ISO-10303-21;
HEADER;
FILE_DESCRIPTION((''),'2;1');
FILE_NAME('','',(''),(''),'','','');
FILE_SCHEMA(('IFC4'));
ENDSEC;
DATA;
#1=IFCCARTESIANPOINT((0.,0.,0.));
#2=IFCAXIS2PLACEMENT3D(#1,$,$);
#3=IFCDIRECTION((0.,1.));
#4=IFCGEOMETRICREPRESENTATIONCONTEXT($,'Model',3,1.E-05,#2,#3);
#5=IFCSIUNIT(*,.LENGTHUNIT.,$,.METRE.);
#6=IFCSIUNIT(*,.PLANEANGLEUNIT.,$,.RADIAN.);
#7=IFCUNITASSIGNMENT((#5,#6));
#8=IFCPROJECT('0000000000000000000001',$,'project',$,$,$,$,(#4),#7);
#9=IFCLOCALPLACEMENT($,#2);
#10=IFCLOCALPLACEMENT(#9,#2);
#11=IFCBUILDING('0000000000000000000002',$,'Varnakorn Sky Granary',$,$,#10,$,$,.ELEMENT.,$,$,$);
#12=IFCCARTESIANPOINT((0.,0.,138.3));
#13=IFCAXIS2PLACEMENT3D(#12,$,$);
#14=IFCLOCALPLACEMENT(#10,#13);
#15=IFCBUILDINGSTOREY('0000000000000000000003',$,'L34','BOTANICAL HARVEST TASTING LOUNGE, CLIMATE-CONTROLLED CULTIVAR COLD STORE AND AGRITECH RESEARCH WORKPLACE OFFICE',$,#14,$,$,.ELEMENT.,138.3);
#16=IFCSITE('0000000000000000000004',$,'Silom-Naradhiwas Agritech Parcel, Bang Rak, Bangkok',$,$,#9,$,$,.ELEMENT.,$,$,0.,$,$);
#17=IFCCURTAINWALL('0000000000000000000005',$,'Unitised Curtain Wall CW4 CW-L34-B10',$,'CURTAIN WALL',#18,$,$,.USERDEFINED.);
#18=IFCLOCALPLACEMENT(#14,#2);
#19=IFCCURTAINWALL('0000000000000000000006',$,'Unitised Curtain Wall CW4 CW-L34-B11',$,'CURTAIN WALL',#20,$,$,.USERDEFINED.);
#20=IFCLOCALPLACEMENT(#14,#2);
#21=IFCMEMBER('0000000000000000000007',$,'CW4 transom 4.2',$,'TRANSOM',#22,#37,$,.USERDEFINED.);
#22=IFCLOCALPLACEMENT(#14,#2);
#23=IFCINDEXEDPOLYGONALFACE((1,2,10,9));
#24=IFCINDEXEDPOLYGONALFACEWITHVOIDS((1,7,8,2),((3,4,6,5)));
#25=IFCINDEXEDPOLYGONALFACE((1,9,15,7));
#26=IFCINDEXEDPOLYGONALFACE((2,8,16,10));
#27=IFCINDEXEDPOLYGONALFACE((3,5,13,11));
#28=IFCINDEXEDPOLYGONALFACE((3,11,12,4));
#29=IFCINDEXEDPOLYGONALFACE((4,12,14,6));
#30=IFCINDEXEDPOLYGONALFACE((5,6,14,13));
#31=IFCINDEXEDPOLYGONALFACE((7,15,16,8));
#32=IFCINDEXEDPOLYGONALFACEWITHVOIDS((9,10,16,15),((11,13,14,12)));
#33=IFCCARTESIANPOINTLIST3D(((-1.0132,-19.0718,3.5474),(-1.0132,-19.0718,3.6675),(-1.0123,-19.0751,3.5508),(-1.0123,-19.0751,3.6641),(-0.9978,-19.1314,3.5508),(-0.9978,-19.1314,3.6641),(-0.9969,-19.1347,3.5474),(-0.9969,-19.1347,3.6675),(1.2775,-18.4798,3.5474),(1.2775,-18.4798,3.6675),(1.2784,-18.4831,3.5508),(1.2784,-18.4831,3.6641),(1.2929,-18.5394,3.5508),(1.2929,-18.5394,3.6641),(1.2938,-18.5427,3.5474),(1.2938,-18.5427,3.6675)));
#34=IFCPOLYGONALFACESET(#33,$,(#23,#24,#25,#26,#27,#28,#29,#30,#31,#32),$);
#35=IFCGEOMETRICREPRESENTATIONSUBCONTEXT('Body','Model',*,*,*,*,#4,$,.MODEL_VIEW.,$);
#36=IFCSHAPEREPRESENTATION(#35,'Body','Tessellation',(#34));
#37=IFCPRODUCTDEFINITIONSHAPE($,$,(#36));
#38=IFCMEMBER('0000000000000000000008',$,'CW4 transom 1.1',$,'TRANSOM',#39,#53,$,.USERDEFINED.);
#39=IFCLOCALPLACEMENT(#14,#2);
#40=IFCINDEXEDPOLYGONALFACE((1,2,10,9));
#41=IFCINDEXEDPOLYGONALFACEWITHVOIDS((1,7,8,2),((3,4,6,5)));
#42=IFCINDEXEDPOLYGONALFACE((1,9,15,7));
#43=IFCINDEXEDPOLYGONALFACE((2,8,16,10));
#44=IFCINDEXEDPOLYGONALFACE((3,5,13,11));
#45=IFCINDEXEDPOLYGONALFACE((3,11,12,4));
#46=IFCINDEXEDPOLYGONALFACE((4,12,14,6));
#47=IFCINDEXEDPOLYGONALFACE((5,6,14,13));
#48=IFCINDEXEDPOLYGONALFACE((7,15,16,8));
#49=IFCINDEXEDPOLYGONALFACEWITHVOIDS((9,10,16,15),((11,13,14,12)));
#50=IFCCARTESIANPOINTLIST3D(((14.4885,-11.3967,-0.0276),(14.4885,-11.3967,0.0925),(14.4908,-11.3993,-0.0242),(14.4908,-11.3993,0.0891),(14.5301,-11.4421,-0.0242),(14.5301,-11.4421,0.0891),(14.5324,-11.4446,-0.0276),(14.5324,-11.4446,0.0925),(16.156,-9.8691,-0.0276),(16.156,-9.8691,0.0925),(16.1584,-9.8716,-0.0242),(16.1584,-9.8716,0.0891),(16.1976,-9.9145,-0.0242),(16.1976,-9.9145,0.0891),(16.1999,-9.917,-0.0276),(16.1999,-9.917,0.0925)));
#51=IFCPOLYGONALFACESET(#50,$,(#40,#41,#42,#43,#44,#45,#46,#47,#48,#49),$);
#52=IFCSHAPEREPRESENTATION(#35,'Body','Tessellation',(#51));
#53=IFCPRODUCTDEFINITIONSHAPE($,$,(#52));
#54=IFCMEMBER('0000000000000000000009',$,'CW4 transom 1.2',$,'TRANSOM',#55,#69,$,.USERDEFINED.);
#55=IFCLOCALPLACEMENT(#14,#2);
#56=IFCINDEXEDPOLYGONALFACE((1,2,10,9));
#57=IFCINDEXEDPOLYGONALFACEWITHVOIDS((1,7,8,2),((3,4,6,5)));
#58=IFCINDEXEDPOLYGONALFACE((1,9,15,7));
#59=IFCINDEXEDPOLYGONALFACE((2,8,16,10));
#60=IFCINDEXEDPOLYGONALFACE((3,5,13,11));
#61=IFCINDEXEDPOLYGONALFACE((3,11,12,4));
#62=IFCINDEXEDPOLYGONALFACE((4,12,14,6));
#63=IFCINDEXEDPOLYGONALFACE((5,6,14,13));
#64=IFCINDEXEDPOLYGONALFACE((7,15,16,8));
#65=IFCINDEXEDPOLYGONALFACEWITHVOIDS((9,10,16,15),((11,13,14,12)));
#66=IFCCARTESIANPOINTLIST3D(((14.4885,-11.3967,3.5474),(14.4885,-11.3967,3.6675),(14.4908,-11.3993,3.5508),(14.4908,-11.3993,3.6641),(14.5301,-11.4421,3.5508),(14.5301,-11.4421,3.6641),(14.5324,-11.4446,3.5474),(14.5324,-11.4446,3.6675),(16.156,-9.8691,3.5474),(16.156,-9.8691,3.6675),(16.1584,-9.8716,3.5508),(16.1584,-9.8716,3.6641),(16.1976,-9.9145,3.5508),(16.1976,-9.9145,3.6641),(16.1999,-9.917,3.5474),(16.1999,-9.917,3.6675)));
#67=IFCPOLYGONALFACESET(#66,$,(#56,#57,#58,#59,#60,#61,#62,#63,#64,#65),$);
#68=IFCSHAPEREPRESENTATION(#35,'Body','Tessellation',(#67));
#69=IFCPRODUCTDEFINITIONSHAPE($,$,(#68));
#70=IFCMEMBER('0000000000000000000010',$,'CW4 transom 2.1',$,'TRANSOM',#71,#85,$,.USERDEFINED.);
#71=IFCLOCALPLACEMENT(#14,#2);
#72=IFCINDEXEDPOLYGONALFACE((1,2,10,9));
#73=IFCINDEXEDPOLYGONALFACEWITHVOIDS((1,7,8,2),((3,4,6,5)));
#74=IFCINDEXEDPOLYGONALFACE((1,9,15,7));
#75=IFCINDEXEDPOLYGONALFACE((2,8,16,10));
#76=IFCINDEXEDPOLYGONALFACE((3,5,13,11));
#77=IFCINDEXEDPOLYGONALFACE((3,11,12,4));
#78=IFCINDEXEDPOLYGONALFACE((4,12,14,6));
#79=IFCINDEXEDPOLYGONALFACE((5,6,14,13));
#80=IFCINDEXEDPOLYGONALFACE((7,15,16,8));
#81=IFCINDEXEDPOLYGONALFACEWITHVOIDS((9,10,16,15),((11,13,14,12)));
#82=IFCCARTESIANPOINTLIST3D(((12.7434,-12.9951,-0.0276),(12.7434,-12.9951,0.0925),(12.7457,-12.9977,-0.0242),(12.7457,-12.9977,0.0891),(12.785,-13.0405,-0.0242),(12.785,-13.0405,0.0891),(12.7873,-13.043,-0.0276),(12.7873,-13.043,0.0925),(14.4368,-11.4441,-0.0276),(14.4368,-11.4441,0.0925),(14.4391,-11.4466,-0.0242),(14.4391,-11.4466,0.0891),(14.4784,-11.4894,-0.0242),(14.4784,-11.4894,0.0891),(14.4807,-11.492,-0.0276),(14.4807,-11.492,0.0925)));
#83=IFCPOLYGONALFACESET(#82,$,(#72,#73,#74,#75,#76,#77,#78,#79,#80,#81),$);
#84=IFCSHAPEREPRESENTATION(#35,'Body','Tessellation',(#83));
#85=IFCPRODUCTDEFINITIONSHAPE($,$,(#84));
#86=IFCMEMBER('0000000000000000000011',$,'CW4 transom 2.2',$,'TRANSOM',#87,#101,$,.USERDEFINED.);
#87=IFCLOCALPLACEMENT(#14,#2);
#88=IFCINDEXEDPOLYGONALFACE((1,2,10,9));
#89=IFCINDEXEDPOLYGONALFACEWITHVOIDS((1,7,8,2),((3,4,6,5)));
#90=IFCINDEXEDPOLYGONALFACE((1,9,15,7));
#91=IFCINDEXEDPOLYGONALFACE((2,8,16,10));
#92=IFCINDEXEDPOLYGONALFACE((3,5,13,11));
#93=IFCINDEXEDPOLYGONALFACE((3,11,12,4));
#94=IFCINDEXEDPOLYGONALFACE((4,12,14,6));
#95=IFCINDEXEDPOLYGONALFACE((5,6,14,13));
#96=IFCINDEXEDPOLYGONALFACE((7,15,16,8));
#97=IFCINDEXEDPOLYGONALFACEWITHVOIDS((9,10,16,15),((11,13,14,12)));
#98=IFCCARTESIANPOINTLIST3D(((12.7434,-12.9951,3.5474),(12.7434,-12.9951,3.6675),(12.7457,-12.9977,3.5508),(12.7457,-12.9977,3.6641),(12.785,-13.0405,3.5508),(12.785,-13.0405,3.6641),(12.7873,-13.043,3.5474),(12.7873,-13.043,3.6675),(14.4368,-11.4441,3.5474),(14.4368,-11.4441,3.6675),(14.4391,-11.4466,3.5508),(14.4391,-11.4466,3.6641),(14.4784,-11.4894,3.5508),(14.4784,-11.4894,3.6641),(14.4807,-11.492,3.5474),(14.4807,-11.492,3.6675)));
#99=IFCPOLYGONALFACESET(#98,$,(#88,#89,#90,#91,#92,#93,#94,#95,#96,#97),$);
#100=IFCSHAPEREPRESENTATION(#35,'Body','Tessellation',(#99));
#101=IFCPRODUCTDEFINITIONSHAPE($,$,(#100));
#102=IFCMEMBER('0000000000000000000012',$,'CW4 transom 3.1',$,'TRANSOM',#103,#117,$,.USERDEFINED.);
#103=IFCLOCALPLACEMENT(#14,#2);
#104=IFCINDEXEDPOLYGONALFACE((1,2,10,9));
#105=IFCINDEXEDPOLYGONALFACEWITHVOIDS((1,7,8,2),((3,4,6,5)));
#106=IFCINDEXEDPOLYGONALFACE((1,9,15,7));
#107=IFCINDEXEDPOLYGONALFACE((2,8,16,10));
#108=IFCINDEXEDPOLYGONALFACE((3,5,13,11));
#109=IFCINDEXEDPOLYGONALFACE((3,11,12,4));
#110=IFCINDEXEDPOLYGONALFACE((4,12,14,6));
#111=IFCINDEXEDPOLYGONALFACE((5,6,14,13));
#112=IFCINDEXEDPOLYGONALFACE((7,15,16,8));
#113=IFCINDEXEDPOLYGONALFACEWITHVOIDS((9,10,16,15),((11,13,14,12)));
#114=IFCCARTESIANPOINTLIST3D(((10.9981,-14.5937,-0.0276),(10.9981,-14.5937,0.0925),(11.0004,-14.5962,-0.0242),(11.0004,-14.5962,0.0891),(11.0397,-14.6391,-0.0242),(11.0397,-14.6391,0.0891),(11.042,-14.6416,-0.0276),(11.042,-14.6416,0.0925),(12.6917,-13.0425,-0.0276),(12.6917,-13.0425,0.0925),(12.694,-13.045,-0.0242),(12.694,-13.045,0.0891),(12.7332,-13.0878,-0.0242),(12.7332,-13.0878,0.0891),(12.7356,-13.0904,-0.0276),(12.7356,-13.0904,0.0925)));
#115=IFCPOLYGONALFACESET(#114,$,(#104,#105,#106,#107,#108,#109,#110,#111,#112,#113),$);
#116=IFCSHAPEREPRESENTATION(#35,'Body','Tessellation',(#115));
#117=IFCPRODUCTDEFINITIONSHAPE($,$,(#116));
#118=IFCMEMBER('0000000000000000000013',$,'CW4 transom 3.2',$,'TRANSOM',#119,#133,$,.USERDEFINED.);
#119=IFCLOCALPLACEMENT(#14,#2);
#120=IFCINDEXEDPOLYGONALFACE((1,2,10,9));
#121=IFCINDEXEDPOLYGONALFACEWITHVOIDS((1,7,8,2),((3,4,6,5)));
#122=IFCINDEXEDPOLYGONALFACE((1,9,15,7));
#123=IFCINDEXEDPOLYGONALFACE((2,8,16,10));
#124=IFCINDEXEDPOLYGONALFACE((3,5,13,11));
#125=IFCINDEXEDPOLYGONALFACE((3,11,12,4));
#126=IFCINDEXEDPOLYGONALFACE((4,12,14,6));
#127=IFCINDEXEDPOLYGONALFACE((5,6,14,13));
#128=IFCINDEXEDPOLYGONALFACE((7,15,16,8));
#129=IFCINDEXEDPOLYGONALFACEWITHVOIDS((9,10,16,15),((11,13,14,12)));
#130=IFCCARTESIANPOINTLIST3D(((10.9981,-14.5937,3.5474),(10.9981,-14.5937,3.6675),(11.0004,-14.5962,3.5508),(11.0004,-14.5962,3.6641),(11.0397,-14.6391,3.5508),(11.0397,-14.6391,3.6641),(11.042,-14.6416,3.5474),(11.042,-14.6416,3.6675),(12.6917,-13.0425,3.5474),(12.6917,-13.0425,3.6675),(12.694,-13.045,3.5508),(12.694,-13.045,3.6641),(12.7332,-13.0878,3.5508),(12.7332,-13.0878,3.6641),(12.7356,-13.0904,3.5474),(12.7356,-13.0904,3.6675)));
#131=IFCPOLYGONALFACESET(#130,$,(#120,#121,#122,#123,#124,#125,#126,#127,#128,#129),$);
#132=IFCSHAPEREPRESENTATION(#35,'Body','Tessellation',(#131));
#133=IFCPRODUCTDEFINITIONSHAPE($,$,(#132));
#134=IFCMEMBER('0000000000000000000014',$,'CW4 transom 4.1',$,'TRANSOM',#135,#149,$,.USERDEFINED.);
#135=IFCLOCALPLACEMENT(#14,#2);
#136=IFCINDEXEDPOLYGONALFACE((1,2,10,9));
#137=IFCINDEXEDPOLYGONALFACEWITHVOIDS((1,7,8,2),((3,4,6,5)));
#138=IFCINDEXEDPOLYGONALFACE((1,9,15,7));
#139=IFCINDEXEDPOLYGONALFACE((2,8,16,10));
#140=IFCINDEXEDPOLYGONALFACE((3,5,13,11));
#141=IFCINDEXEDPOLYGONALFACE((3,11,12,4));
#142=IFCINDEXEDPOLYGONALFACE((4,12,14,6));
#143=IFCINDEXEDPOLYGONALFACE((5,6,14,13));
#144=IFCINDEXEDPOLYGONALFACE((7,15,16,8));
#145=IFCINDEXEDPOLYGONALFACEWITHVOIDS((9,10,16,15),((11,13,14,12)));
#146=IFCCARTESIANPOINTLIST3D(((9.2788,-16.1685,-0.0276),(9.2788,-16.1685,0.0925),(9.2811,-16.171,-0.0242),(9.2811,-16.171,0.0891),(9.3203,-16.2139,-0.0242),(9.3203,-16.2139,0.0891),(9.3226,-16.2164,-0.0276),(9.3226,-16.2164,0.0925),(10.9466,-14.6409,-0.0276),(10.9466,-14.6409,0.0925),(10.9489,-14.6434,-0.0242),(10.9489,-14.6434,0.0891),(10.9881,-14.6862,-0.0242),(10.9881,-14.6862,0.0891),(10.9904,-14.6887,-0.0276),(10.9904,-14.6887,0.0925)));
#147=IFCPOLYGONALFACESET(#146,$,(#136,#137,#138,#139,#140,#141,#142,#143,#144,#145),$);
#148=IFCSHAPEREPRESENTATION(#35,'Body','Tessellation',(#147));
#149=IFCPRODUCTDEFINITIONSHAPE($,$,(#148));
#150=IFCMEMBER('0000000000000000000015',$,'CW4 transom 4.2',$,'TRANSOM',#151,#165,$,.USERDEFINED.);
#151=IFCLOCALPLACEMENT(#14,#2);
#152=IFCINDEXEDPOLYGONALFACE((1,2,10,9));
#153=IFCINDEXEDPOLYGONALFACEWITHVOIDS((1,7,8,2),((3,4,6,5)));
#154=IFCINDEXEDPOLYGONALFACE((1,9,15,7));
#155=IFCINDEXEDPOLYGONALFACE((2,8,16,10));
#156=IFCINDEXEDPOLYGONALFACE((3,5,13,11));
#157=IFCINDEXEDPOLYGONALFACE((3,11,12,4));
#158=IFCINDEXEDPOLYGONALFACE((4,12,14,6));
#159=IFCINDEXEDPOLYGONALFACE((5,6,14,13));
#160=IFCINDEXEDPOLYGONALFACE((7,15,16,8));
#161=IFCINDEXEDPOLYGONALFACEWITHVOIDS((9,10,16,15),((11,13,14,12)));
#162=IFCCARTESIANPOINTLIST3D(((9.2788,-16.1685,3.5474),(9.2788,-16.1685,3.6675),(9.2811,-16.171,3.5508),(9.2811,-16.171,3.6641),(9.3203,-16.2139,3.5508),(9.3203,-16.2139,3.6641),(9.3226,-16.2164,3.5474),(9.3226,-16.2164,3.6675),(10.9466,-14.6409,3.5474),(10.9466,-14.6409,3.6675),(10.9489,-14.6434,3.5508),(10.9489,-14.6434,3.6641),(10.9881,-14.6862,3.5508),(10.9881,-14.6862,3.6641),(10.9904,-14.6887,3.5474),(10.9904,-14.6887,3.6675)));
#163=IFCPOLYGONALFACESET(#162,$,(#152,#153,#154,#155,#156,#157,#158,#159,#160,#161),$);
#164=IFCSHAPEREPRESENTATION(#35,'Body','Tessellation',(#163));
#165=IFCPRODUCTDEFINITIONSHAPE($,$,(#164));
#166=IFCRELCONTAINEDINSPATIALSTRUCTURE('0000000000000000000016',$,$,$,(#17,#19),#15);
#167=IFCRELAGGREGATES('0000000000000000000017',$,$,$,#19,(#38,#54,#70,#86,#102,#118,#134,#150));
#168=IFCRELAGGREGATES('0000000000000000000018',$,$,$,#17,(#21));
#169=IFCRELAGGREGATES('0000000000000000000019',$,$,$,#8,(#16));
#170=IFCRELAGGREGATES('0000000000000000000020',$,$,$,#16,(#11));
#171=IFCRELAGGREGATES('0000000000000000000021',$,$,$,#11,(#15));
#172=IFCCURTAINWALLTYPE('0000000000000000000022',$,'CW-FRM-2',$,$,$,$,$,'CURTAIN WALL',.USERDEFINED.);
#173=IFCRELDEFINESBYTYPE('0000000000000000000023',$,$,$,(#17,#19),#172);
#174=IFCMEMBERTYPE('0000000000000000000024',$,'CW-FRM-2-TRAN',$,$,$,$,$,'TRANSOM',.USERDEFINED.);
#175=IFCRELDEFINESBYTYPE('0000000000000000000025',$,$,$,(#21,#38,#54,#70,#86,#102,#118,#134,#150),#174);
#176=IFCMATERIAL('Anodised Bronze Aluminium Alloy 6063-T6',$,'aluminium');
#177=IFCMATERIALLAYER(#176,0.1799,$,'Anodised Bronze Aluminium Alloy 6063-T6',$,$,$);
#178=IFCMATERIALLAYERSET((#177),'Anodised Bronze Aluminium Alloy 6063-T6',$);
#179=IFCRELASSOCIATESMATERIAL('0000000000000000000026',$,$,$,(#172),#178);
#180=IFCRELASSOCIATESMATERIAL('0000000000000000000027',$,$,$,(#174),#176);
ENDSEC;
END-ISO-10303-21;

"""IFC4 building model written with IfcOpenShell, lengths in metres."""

from ifc_helpers import new_model, si_unit, direction, frame, origin, origin_2d, place, context, subcontext, project, spatial, hollow_rectangle, extrude, material, layer, layer_set, material_profile, profile_set, type_object, element, aggregate, save


model = new_model("IFC4")

# Units and contexts
model_context = context("Model", 3, precision=1e-05, world=origin(), true_north=direction((0.0, 1.0)))
body_context = subcontext(model_context, "Body", "Model", "MODEL_VIEW")
ifc_project = project(units=[si_unit("LENGTHUNIT", "METRE"), si_unit("PLANEANGLEUNIT", "RADIAN")], contexts=[model_context])

# Site, building, storey
site_placement = place(None, origin())
site = spatial("IfcSite", under=ifc_project, at=site_placement, Name="Silom-Naradhiwas Agritech Parcel, Bang Rak, Bangkok", CompositionType="ELEMENT", RefElevation=0.0)
building_placement = place(site_placement, origin())
building = spatial("IfcBuilding", under=site, at=building_placement, Name="Varnakorn Sky Granary", CompositionType="ELEMENT")
storey_placement = place(building_placement, frame((0.0, 0.0, 138.3)))
storey = spatial("IfcBuildingStorey", under=building, at=storey_placement, Name="L34", Description="BOTANICAL HARVEST TASTING LOUNGE, CLIMATE-CONTROLLED CULTIVAR COLD STORE AND AGRITECH RESEARCH WORKPLACE OFFICE", CompositionType="ELEMENT", Elevation=138.3)

# Curtain walls
ifc_material_1 = material(Name="Anodised Bronze Aluminium Alloy 6063-T6", Category="aluminium")
ifc_layer_1 = layer(ifc_material_1, 0.1799, Name="Anodised Bronze Aluminium Alloy 6063-T6")
ifc_layer_set_1 = layer_set([ifc_layer_1], Name="Anodised Bronze Aluminium Alloy 6063-T6")
curtain_wall_type = type_object("IfcCurtainWallType", Name="CW-FRM-2", ElementType="CURTAIN WALL", PredefinedType="USERDEFINED", material=ifc_layer_set_1)
curtain_wall_1_placement = place(storey_placement, origin())
curtain_wall_1 = element("IfcCurtainWall", 1, at=curtain_wall_1_placement, inside=storey, type_object=curtain_wall_type, Name="Unitised Curtain Wall CW4 CW-L34-B10", ObjectType="CURTAIN WALL", PredefinedType="USERDEFINED")
curtain_wall_2_placement = place(storey_placement, origin())
curtain_wall_2 = element("IfcCurtainWall", 2, at=curtain_wall_2_placement, inside=storey, type_object=curtain_wall_type, Name="Unitised Curtain Wall CW4 CW-L34-B11", ObjectType="CURTAIN WALL", PredefinedType="USERDEFINED")

# Members
ifc_material_profile_1 = material_profile(ifc_material_1, hollow_rectangle(XDim=0.0649, YDim=0.1201, WallThickness=0.0034, at=origin_2d()), Name="ALU TRAN 65x120")
ifc_profile_set_1 = profile_set([ifc_material_profile_1], Name="Anodised Bronze Aluminium Alloy 6063-T6")
member_type_1 = type_object("IfcMemberType", Name="CW-FRM-2-TRAN", ElementType="TRANSOM", PredefinedType="USERDEFINED", material=ifc_profile_set_1)
member_1_placement = place(storey_placement, frame((1.2856, -18.5112, 3.6074), z_axis=(-0.968188, -0.250224, 0.0), x_axis=(0.250224, -0.968188, 0.0)))
member_1 = element("IfcMember", 3, at=member_1_placement, type_object=member_type_1, Name="CW4 transom 4.2", ObjectType="TRANSOM", PredefinedType="USERDEFINED", context=body_context, shape_type="SweptSolid", body=[
    extrude(hollow_rectangle(XDim=0.0649, YDim=0.1201, WallThickness=0.0034, at=origin_2d()), origin(), (0.0, 0.0, 1.0), 2.366),
])
member_2_placement = place(storey_placement, frame((16.178, -9.8931, 0.0325), z_axis=(-0.73736, -0.6755, 0.0), x_axis=(0.6755, -0.73736, 0.0)))
member_2 = element("IfcMember", 4, at=member_2_placement, type_object=member_type_1, Name="CW4 transom 1.1", ObjectType="TRANSOM", PredefinedType="USERDEFINED", context=body_context, shape_type="SweptSolid", body=[
    extrude(hollow_rectangle(XDim=0.0649, YDim=0.1201, WallThickness=0.0034, at=origin_2d()), origin(), (0.0, 0.0, 1.0), 2.2615),
])
member_3_placement = place(storey_placement, frame((16.178, -9.8931, 3.6074), z_axis=(-0.73736, -0.6755, 0.0), x_axis=(0.6755, -0.73736, 0.0)))
member_3 = element("IfcMember", 5, at=member_3_placement, type_object=member_type_1, Name="CW4 transom 1.2", ObjectType="TRANSOM", PredefinedType="USERDEFINED", context=body_context, shape_type="SweptSolid", body=[
    extrude(hollow_rectangle(XDim=0.0649, YDim=0.1201, WallThickness=0.0034, at=origin_2d()), origin(), (0.0, 0.0, 1.0), 2.2615),
])
member_4_placement = place(storey_placement, frame((14.4587, -11.468, 0.0325), z_axis=(-0.737419, -0.675436, 0.0), x_axis=(0.675436, -0.737419, 0.0)))
member_4 = element("IfcMember", 6, at=member_4_placement, type_object=member_type_1, Name="CW4 transom 2.1", ObjectType="TRANSOM", PredefinedType="USERDEFINED", context=body_context, shape_type="SweptSolid", body=[
    extrude(hollow_rectangle(XDim=0.0649, YDim=0.1201, WallThickness=0.0034, at=origin_2d()), origin(), (0.0, 0.0, 1.0), 2.2964),
])
member_5_placement = place(storey_placement, frame((14.4587, -11.468, 3.6074), z_axis=(-0.737419, -0.675436, 0.0), x_axis=(0.675436, -0.737419, 0.0)))
member_5 = element("IfcMember", 7, at=member_5_placement, type_object=member_type_1, Name="CW4 transom 2.2", ObjectType="TRANSOM", PredefinedType="USERDEFINED", context=body_context, shape_type="SweptSolid", body=[
    extrude(hollow_rectangle(XDim=0.0649, YDim=0.1201, WallThickness=0.0034, at=origin_2d()), origin(), (0.0, 0.0, 1.0), 2.2964),
])
member_6_placement = place(storey_placement, frame((12.7136, -13.0664, 0.0325), z_axis=(-0.737414, -0.675441, 0.0), x_axis=(0.675441, -0.737414, 0.0)))
member_6 = element("IfcMember", 8, at=member_6_placement, type_object=member_type_1, Name="CW4 transom 3.1", ObjectType="TRANSOM", PredefinedType="USERDEFINED", context=body_context, shape_type="SweptSolid", body=[
    extrude(hollow_rectangle(XDim=0.0649, YDim=0.1201, WallThickness=0.0034, at=origin_2d()), origin(), (0.0, 0.0, 1.0), 2.2966),
])
member_7_placement = place(storey_placement, frame((12.7136, -13.0664, 3.6074), z_axis=(-0.737414, -0.675441, 0.0), x_axis=(0.675441, -0.737414, 0.0)))
member_7 = element("IfcMember", 9, at=member_7_placement, type_object=member_type_1, Name="CW4 transom 3.2", ObjectType="TRANSOM", PredefinedType="USERDEFINED", context=body_context, shape_type="SweptSolid", body=[
    extrude(hollow_rectangle(XDim=0.0649, YDim=0.1201, WallThickness=0.0034, at=origin_2d()), origin(), (0.0, 0.0, 1.0), 2.2966),
])
member_8_placement = place(storey_placement, frame((10.9685, -14.6648, 0.0325), z_axis=(-0.73741, -0.675446, 0.0), x_axis=(0.675446, -0.73741, 0.0)))
member_8 = element("IfcMember", 10, at=member_8_placement, type_object=member_type_1, Name="CW4 transom 4.1", ObjectType="TRANSOM", PredefinedType="USERDEFINED", context=body_context, shape_type="SweptSolid", body=[
    extrude(hollow_rectangle(XDim=0.0649, YDim=0.1201, WallThickness=0.0034, at=origin_2d()), origin(), (0.0, 0.0, 1.0), 2.2617),
])
member_9_placement = place(storey_placement, frame((10.9685, -14.6648, 3.6074), z_axis=(-0.73741, -0.675446, 0.0), x_axis=(0.675446, -0.73741, 0.0)))
member_9 = element("IfcMember", 11, at=member_9_placement, type_object=member_type_1, Name="CW4 transom 4.2", ObjectType="TRANSOM", PredefinedType="USERDEFINED", context=body_context, shape_type="SweptSolid", body=[
    extrude(hollow_rectangle(XDim=0.0649, YDim=0.1201, WallThickness=0.0034, at=origin_2d()), origin(), (0.0, 0.0, 1.0), 2.2617),
])

aggregate(curtain_wall_2, [member_2, member_3, member_4, member_5, member_6, member_7, member_8, member_9])
aggregate(curtain_wall_1, [member_1])

save(model, "model.ifc")
